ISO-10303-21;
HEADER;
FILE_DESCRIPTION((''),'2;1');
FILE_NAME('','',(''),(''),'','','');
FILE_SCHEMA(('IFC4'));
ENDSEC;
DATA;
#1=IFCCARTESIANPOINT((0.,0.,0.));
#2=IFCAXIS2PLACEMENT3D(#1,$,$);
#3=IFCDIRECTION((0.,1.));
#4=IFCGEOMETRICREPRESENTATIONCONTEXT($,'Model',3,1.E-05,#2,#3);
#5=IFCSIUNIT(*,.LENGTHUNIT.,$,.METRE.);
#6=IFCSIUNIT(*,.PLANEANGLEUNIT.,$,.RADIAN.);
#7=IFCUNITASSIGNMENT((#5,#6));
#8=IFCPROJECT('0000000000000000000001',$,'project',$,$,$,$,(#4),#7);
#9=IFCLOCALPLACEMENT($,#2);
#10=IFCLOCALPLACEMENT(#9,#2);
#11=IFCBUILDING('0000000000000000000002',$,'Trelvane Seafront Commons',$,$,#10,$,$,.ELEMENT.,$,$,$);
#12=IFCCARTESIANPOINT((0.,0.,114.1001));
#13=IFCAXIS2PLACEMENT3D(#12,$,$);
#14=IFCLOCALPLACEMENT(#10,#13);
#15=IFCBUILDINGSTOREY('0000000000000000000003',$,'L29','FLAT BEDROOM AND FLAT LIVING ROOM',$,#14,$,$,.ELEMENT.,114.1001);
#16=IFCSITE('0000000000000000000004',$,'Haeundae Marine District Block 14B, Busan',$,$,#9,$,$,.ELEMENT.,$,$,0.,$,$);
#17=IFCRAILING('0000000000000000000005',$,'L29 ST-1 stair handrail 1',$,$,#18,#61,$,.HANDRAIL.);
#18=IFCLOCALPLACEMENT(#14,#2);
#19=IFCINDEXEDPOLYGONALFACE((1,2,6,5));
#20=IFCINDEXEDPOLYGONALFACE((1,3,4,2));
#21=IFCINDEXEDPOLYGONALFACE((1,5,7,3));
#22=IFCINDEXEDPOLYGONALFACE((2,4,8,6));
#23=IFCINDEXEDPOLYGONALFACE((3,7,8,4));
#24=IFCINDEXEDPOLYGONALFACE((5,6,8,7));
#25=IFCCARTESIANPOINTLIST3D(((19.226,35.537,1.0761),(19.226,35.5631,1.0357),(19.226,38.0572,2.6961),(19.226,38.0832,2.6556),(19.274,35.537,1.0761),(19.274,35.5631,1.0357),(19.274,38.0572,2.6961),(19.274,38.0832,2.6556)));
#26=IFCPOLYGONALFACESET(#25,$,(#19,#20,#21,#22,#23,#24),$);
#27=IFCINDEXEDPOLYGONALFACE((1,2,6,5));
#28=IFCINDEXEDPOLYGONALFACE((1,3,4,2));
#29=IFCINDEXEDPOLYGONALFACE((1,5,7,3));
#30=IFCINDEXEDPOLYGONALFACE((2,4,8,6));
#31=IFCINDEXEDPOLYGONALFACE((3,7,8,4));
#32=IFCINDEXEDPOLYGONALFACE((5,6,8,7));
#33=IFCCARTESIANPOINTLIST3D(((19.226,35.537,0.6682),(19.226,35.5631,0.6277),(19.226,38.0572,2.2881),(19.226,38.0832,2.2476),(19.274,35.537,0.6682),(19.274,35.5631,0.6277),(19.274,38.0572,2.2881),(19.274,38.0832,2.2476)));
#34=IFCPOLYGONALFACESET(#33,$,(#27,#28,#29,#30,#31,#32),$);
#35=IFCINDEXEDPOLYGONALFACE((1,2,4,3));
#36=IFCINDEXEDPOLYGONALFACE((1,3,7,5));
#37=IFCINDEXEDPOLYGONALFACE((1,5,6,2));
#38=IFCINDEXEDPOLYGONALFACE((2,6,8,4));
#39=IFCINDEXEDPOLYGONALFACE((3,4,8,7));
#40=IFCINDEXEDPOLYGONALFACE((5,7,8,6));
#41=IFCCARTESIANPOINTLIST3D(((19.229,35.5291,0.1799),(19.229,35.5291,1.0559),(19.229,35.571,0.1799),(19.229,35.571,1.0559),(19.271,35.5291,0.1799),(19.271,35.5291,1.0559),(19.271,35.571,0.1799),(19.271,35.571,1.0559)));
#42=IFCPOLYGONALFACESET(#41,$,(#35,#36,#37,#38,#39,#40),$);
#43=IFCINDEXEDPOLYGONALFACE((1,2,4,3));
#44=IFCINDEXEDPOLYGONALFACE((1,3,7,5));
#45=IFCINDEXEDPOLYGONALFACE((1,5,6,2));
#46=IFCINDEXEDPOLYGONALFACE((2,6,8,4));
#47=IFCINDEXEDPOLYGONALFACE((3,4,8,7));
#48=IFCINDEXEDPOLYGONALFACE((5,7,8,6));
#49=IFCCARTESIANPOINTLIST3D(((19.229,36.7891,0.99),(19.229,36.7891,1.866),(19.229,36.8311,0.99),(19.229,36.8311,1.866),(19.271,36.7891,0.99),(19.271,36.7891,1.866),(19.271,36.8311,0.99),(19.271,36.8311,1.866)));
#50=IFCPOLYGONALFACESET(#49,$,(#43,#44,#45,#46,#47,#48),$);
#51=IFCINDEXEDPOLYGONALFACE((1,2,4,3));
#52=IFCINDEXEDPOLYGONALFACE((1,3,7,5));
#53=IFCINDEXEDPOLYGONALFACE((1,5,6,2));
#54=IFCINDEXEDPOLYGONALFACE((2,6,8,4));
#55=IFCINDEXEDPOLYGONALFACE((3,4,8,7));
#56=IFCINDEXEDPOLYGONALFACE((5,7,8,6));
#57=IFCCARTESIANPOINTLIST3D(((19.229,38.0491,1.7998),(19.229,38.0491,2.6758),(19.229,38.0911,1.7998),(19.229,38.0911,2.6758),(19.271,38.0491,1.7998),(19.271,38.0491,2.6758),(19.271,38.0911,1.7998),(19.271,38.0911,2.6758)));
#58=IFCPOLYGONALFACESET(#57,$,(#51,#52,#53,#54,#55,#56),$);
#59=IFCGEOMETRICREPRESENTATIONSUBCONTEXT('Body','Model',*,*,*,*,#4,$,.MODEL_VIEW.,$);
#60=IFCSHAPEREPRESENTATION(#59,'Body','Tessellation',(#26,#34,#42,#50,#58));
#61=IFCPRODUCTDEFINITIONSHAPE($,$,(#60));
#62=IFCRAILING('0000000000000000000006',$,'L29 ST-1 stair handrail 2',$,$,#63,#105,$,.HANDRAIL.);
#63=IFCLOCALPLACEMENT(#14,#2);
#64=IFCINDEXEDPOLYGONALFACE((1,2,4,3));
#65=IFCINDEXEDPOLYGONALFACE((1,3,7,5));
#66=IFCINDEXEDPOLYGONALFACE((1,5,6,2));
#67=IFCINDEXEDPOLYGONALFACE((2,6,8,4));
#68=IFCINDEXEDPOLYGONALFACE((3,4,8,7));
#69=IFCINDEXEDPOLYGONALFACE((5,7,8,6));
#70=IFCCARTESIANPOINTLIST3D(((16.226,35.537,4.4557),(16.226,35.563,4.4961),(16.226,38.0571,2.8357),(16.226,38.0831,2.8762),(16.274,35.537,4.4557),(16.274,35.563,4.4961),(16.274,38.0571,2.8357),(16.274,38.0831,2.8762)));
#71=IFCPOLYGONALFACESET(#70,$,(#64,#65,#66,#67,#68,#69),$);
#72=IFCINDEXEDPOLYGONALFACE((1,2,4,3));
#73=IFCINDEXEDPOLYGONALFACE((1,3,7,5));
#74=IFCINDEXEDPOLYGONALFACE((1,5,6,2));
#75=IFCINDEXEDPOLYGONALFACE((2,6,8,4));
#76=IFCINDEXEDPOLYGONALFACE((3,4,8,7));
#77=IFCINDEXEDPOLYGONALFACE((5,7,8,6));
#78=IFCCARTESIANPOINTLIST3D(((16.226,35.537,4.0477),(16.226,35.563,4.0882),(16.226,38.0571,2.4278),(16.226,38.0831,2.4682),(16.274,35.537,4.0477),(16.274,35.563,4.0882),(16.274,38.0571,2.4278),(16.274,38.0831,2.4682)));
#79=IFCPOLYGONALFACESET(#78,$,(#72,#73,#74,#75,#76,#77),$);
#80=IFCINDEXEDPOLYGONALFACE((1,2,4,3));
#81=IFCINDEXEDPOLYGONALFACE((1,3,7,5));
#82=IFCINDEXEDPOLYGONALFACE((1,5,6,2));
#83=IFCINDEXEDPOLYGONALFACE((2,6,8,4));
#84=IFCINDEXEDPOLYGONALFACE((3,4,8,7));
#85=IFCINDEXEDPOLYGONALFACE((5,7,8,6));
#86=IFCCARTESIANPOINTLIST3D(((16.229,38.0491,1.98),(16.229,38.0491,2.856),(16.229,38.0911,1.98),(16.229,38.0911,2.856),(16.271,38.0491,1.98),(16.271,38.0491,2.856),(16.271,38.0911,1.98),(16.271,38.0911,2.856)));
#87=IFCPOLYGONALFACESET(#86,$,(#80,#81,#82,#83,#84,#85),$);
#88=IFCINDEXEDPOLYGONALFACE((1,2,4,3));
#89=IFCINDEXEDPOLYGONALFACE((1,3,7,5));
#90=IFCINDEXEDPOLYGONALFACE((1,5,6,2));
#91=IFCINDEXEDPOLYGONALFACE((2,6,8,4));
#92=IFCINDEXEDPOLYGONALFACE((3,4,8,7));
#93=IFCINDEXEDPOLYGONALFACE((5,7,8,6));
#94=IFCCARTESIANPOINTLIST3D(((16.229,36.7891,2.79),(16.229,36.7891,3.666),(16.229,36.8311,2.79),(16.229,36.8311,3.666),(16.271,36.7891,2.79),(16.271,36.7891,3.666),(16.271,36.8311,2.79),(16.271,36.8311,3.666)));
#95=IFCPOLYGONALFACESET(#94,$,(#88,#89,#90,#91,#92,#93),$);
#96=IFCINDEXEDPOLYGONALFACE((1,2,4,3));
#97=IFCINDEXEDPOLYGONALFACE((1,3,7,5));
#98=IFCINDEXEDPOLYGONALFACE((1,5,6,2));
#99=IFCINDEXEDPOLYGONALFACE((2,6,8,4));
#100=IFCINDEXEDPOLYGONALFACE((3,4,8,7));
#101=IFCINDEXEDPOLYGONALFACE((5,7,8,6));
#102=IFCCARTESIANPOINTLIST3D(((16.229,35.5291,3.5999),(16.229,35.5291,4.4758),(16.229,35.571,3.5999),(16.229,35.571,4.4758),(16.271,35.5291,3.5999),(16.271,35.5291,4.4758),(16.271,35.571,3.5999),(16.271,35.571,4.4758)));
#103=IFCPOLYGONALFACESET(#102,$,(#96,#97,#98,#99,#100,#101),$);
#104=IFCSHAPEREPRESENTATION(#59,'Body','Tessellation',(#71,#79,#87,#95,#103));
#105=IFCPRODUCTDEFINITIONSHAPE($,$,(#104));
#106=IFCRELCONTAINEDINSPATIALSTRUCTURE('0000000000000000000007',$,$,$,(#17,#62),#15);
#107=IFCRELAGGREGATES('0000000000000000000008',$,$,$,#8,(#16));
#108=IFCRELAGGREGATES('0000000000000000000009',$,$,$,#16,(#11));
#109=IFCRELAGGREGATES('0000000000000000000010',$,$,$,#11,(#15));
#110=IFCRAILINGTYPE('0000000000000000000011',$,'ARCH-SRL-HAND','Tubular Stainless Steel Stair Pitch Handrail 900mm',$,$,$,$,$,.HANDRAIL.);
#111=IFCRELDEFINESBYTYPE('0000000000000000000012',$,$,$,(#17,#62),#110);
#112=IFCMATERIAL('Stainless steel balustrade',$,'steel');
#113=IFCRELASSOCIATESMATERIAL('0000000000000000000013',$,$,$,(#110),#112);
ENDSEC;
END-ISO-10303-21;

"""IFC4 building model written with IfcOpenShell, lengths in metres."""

from ifc_helpers import new_model, si_unit, direction, frame, origin, origin_2d, place, context, subcontext, project, spatial, rectangle, extrude, material, type_object, element, save


model = new_model("IFC4")

# Units and contexts
model_context = context("Model", 3, precision=1e-05, world=origin(), true_north=direction((0.0, 1.0)))
body_context = subcontext(model_context, "Body", "Model", "MODEL_VIEW")
ifc_project = project(units=[si_unit("LENGTHUNIT", "METRE"), si_unit("PLANEANGLEUNIT", "RADIAN")], contexts=[model_context])

# Site, building, storey
site_placement = place(None, origin())
site = spatial("IfcSite", under=ifc_project, at=site_placement, Name="Haeundae Marine District Block 14B, Busan", CompositionType="ELEMENT", RefElevation=0.0)
building_placement = place(site_placement, origin())
building = spatial("IfcBuilding", under=site, at=building_placement, Name="Trelvane Seafront Commons", CompositionType="ELEMENT")
storey_placement = place(building_placement, frame((0.0, 0.0, 114.1001)))
storey = spatial("IfcBuildingStorey", under=building, at=storey_placement, Name="L29", Description="FLAT BEDROOM AND FLAT LIVING ROOM", CompositionType="ELEMENT", Elevation=114.1001)

# Shared definitions
ifc_material_1 = material(Name="Stainless steel balustrade", Category="steel")

# Railings
railing_type_1 = type_object("IfcRailingType", Name="ARCH-SRL-HAND", Description="Tubular Stainless Steel Stair Pitch Handrail 900mm", PredefinedType="HANDRAIL", material=ifc_material_1)
railing_1_placement = place(storey_placement, frame((19.25, 35.55, 0.1799)))
element("IfcRailing", 1, at=railing_1_placement, inside=storey, type_object=railing_type_1, Name="L29 ST-1 stair handrail 1", PredefinedType="HANDRAIL", context=body_context, shape_type="SweptSolid", body=[
    extrude(rectangle(XDim=0.0481, YDim=0.0481, at=origin_2d()), frame((0.0, 0.0, 0.876), z_axis=(0.0, 0.8412, 0.540725), x_axis=(-1.0, 0.0, 0.0)), (0.0, 0.0, 1.0), 2.9958),
    extrude(rectangle(XDim=0.0481, YDim=0.0481, at=origin_2d()), frame((0.0, 0.0, 0.468), z_axis=(0.0, 0.8412, 0.540725), x_axis=(-1.0, 0.0, 0.0)), (0.0, 0.0, 1.0), 2.9958),
    extrude(rectangle(XDim=0.042, YDim=0.042, at=origin_2d()), origin(), (0.0, 0.0, 1.0), 0.876),
    extrude(rectangle(XDim=0.042, YDim=0.042, at=origin_2d()), frame((0.0, 1.26, 0.8101)), (0.0, 0.0, 1.0), 0.876),
    extrude(rectangle(XDim=0.042, YDim=0.042, at=origin_2d()), frame((0.0, 2.52, 1.6199)), (0.0, 0.0, 1.0), 0.876),
])
railing_2_placement = place(storey_placement, frame((16.25, 38.0701, 1.98)))
element("IfcRailing", 2, at=railing_2_placement, inside=storey, type_object=railing_type_1, Name="L29 ST-1 stair handrail 2", PredefinedType="HANDRAIL", context=body_context, shape_type="SweptSolid", body=[
    extrude(rectangle(XDim=0.0481, YDim=0.0481, at=origin_2d()), frame((0.0, 0.0, 0.876), z_axis=(0.0, -0.8412, 0.540725), x_axis=(1.0, 0.0, 0.0)), (0.0, 0.0, 1.0), 2.9958),
    extrude(rectangle(XDim=0.0481, YDim=0.0481, at=origin_2d()), frame((0.0, 0.0, 0.468), z_axis=(0.0, -0.8412, 0.540725), x_axis=(1.0, 0.0, 0.0)), (0.0, 0.0, 1.0), 2.9958),
    extrude(rectangle(XDim=0.042, YDim=0.042, at=origin_2d()), origin(), (0.0, 0.0, 1.0), 0.876),
    extrude(rectangle(XDim=0.042, YDim=0.042, at=origin_2d()), frame((0.0, -1.26, 0.8101)), (0.0, 0.0, 1.0), 0.876),
    extrude(rectangle(XDim=0.042, YDim=0.042, at=origin_2d()), frame((0.0, -2.52, 1.6199)), (0.0, 0.0, 1.0), 0.876),
])

save(model, "model.ifc")
